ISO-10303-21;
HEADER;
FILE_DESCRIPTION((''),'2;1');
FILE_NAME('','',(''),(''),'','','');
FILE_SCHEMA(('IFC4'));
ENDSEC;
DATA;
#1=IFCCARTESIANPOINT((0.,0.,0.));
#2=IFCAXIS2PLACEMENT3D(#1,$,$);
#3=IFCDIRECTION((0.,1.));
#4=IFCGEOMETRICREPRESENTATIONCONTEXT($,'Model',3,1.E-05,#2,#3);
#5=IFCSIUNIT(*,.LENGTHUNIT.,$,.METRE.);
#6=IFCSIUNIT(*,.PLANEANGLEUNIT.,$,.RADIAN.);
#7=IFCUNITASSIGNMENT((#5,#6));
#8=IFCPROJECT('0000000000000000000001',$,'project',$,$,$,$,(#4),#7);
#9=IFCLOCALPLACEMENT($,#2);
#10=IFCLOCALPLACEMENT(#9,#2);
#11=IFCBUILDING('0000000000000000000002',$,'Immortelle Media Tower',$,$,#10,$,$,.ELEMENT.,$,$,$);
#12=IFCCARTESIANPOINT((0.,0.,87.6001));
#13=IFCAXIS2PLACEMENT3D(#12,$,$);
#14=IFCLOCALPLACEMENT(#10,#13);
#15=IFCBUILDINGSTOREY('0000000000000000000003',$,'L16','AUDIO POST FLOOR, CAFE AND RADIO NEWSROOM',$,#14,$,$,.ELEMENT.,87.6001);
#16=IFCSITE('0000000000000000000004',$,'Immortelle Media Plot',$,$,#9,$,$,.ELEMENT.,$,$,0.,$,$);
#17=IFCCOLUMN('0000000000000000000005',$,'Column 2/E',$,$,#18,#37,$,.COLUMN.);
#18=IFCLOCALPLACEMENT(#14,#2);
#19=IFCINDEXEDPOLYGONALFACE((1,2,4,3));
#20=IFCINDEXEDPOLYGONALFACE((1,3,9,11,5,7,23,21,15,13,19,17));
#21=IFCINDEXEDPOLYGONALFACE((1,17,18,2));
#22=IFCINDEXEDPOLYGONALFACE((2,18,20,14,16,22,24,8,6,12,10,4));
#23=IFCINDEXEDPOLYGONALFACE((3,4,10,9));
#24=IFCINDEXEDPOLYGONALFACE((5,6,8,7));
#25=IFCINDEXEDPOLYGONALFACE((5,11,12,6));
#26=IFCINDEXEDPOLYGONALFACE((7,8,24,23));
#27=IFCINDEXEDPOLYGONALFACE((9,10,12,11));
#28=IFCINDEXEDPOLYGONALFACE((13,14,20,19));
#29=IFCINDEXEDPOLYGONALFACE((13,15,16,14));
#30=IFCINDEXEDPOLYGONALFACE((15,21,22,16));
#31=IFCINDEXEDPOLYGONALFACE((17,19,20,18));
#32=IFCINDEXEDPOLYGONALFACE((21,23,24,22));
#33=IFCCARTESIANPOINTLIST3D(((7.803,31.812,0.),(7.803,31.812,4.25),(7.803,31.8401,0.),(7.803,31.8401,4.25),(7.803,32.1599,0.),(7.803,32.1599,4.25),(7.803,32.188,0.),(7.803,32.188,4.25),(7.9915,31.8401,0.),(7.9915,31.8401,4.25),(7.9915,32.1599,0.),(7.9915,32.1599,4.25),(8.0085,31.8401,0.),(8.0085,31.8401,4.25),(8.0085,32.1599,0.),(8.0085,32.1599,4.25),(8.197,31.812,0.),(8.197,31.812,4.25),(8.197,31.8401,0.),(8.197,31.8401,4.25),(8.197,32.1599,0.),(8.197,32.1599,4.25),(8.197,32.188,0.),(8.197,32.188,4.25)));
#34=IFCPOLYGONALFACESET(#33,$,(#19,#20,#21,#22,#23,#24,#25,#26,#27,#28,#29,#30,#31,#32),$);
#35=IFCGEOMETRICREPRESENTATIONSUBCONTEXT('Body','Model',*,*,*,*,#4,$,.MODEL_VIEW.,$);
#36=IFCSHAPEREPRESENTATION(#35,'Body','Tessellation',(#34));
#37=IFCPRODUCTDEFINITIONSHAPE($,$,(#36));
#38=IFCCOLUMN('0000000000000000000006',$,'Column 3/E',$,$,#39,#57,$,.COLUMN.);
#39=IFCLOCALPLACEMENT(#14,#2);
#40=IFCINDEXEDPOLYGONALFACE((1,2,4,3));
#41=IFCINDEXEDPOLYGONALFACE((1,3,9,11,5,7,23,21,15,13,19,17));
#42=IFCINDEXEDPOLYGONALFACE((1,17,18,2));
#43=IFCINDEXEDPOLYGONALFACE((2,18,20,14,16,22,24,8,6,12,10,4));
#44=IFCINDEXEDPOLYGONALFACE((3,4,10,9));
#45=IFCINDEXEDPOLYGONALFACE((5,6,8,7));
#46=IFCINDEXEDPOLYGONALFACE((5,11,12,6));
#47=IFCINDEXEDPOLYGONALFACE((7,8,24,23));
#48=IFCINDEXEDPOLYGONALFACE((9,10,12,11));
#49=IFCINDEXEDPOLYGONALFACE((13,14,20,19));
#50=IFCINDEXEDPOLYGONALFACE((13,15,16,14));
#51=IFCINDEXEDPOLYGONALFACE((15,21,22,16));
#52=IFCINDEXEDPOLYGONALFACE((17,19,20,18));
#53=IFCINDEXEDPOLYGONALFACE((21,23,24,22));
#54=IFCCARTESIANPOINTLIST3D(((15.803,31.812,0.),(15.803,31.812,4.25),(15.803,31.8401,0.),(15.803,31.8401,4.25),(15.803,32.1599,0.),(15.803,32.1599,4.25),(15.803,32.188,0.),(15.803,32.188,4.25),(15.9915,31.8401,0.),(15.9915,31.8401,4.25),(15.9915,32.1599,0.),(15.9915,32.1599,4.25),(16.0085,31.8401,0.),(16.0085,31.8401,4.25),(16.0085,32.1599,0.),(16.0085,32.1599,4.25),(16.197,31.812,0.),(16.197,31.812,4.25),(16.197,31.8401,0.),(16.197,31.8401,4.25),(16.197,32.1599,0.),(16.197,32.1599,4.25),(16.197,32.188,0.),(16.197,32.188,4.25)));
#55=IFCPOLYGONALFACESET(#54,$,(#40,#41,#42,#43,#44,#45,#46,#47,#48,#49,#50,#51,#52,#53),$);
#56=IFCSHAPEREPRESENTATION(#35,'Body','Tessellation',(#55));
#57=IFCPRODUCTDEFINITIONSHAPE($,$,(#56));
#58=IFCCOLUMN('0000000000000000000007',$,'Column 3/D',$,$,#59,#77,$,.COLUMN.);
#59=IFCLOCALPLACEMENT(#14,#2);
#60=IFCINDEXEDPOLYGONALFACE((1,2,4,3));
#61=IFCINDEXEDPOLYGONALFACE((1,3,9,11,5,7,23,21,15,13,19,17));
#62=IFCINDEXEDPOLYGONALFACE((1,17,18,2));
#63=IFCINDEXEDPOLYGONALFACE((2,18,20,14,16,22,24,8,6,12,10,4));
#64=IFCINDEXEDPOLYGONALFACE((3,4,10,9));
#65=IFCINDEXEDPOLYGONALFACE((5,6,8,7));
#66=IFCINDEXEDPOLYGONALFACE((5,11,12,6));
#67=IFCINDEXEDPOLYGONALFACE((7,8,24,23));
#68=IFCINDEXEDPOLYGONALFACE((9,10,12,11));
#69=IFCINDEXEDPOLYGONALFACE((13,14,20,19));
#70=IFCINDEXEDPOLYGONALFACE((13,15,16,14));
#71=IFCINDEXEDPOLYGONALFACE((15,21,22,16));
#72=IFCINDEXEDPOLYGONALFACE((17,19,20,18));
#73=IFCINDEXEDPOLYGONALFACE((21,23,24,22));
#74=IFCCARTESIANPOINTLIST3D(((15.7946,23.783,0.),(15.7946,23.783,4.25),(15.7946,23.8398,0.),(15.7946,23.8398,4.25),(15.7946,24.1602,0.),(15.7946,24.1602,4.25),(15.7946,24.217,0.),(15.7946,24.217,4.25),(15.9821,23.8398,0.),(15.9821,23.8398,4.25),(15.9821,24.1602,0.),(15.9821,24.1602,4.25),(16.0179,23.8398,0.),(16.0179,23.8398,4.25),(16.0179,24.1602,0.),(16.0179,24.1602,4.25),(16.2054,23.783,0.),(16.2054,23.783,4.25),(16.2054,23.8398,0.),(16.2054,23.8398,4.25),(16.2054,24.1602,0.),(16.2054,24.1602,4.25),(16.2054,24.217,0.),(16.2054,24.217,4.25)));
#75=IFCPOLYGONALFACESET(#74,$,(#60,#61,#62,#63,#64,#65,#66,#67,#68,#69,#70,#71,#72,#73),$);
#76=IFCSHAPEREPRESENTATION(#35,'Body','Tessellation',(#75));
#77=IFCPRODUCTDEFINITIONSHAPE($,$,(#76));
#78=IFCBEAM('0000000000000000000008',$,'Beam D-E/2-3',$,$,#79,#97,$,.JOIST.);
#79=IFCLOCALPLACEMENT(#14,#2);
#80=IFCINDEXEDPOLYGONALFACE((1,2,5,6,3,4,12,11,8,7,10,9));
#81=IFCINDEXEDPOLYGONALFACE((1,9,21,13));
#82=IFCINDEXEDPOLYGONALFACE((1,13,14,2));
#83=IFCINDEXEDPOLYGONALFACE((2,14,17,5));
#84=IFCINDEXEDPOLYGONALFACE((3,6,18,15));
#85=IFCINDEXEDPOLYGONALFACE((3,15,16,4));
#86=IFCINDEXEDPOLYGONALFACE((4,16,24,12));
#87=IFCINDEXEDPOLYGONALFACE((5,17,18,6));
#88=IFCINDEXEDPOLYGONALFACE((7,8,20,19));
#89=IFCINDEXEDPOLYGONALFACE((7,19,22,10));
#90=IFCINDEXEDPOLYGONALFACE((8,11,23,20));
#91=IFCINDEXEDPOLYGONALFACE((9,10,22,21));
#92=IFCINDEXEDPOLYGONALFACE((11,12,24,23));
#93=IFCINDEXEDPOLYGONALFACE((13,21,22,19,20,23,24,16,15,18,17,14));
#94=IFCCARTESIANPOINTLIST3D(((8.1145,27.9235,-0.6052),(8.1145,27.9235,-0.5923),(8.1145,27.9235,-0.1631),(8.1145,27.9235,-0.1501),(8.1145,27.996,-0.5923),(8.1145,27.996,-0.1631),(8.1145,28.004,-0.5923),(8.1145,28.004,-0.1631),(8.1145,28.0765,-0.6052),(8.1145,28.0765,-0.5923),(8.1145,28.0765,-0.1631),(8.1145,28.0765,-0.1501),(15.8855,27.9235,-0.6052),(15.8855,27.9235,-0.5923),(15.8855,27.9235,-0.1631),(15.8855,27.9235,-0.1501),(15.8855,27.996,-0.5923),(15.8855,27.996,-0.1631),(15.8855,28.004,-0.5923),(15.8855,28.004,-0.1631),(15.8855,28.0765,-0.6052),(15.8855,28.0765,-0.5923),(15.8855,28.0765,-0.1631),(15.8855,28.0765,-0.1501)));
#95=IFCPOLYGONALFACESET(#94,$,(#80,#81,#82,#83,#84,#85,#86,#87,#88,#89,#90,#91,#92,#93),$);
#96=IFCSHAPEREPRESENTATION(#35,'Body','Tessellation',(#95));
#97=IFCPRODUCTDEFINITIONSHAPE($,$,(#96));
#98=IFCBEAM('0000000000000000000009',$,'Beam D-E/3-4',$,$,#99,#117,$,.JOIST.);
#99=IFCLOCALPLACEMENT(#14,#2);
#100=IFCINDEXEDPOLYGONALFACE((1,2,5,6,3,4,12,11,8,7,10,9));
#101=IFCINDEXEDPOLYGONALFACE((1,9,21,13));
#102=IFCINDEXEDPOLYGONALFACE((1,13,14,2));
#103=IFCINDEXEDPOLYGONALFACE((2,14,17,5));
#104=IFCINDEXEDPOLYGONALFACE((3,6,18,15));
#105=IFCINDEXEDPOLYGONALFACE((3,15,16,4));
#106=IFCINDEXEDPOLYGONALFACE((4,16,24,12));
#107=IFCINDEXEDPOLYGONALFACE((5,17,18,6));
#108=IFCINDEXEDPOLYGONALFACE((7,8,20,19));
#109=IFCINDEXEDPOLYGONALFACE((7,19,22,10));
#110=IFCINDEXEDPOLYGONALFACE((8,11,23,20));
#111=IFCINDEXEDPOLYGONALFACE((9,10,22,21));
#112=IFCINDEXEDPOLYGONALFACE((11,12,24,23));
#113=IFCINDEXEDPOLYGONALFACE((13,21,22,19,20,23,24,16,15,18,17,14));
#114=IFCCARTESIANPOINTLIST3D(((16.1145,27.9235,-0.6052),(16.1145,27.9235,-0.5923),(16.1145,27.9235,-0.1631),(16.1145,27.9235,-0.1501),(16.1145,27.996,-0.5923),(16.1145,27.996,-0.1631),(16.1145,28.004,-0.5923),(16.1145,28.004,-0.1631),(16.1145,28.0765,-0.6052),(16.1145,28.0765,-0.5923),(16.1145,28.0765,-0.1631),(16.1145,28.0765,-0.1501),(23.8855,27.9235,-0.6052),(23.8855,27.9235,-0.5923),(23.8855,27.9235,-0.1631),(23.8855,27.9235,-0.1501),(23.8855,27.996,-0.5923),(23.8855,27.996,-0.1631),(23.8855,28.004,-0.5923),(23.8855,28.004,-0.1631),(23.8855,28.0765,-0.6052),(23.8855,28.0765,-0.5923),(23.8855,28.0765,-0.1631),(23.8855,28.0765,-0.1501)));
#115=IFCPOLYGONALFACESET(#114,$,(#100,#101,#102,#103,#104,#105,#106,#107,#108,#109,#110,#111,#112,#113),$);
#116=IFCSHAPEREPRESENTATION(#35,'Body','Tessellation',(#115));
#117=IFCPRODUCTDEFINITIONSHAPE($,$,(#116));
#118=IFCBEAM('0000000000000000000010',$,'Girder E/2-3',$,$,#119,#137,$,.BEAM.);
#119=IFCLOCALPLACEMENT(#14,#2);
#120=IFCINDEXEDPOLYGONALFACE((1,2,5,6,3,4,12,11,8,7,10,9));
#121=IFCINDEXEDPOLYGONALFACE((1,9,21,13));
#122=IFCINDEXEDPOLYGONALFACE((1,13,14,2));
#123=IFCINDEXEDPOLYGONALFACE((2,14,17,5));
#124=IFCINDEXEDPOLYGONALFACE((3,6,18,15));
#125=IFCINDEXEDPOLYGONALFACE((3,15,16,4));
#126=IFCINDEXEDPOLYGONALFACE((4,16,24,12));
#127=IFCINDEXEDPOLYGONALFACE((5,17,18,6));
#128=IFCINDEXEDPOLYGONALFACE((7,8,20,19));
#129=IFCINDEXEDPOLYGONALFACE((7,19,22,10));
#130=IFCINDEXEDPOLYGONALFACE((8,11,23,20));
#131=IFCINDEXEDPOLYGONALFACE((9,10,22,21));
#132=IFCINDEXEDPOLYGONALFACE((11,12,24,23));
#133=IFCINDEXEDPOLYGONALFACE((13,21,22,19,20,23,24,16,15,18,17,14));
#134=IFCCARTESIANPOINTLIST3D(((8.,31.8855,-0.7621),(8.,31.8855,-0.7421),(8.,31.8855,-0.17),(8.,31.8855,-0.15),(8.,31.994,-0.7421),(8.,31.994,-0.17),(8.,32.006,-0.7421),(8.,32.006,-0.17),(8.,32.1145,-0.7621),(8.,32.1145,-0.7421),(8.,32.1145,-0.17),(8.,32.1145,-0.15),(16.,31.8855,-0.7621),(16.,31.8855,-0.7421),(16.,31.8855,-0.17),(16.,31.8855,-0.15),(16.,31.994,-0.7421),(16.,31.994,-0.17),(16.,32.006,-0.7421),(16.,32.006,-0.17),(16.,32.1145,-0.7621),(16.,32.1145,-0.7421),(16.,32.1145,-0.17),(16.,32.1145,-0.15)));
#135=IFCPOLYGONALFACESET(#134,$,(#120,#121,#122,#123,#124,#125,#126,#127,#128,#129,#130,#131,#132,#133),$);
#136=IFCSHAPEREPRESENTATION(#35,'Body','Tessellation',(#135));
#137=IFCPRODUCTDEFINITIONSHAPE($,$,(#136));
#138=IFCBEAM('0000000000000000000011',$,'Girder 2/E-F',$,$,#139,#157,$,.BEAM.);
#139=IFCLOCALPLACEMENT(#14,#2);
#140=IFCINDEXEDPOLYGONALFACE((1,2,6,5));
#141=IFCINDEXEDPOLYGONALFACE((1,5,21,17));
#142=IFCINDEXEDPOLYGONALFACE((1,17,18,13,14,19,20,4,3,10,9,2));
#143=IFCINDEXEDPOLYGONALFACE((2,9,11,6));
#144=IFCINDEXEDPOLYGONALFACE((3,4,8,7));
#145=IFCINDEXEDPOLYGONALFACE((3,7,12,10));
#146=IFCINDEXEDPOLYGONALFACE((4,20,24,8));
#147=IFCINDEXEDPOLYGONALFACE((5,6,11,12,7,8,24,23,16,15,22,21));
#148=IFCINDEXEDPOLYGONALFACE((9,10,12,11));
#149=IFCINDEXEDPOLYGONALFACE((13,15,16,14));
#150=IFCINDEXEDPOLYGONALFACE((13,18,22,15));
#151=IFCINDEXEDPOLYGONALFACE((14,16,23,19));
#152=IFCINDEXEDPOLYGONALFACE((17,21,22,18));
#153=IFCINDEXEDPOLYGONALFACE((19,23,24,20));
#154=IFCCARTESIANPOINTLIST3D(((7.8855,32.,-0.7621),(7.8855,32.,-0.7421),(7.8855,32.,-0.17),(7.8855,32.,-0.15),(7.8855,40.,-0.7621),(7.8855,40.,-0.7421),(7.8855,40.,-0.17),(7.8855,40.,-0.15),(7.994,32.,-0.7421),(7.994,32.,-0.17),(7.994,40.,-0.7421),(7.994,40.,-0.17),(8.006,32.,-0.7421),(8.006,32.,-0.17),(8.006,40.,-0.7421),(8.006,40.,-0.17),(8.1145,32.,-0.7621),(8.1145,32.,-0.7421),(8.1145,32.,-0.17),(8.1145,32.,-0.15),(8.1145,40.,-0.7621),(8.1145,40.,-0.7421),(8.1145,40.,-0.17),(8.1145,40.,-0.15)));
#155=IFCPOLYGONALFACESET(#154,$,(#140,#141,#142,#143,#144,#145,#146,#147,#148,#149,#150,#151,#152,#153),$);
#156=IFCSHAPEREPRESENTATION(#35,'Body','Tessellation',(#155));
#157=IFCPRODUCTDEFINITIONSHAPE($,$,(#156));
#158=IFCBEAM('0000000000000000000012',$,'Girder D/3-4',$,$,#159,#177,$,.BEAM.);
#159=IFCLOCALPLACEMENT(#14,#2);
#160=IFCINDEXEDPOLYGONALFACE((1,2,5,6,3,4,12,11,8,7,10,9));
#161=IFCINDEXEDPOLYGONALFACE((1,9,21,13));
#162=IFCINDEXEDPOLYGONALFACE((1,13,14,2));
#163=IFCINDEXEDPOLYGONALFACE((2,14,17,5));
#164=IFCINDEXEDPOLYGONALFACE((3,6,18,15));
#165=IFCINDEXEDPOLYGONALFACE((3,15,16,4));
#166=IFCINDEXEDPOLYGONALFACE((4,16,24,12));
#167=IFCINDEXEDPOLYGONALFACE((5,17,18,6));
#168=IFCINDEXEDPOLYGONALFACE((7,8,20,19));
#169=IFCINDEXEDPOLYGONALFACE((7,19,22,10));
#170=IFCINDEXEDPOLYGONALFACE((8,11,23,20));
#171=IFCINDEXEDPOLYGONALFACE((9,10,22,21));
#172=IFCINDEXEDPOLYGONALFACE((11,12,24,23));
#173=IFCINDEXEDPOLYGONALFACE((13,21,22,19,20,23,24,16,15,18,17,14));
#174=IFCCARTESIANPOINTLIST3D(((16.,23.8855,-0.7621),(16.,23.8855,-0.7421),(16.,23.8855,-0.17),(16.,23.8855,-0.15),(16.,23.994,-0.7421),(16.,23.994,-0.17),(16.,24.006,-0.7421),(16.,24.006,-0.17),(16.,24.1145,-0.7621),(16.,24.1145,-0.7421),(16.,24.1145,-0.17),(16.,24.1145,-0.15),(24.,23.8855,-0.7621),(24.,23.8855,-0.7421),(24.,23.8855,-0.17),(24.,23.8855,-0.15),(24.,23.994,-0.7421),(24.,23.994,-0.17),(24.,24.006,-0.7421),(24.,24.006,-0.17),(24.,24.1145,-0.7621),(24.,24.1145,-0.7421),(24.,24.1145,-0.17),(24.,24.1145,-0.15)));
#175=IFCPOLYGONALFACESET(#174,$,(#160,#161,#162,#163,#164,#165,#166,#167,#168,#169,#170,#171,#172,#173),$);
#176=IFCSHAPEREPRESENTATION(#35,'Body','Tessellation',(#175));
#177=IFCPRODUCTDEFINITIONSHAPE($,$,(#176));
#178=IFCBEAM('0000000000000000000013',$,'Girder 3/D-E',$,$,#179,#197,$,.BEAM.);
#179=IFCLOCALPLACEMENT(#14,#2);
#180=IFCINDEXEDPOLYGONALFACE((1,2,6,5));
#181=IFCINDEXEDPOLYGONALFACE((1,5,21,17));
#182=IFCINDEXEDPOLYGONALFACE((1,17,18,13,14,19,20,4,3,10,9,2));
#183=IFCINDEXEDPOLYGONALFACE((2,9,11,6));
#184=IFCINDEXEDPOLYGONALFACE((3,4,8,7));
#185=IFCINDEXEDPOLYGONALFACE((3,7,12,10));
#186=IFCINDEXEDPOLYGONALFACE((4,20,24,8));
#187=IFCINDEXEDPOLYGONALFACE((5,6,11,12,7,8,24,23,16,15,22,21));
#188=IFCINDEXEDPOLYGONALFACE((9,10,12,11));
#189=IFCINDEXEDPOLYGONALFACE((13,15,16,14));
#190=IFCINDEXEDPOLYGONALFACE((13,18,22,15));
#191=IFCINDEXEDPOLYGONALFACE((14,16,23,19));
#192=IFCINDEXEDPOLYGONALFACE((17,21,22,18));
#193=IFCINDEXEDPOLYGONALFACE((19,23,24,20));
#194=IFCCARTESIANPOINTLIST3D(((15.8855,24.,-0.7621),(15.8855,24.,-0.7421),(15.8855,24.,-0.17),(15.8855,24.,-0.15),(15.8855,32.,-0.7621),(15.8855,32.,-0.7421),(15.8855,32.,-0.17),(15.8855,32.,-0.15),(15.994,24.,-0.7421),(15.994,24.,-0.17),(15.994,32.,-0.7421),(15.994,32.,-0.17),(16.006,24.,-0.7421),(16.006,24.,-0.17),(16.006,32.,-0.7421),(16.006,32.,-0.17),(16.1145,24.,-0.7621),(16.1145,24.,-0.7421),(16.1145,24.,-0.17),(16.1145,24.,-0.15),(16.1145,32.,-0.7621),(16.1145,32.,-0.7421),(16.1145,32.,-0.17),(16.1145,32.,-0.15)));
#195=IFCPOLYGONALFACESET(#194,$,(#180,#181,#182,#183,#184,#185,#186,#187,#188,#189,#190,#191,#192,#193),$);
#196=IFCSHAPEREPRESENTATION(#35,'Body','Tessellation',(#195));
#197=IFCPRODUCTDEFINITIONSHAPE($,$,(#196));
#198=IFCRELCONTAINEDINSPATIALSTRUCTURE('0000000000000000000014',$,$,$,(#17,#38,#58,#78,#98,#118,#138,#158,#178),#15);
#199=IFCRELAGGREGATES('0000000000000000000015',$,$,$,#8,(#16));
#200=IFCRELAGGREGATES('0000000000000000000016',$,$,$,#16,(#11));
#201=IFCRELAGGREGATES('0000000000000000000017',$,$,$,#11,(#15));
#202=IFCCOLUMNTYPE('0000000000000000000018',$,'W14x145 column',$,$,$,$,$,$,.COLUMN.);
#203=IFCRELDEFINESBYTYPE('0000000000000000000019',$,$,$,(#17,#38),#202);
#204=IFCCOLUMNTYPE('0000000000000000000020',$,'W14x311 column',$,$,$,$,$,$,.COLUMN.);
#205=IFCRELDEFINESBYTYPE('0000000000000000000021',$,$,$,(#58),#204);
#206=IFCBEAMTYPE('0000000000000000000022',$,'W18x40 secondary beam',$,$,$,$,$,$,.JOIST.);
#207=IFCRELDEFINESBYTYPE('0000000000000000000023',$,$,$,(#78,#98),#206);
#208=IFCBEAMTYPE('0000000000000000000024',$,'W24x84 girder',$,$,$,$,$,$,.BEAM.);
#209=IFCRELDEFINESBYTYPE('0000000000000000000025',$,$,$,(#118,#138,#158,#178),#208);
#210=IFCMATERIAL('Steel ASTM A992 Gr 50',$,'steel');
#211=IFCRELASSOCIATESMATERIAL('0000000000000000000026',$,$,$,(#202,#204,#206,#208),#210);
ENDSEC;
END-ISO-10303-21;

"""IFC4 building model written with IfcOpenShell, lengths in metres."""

from ifc_helpers import new_model, si_unit, direction, frame, origin, origin_2d, place, context, subcontext, project, spatial, i_section, extrude, material, material_profile, profile_set, type_object, element, save


model = new_model("IFC4")

# Units and contexts
model_context = context("Model", 3, precision=1e-05, world=origin(), true_north=direction((0.0, 1.0)))
body_context = subcontext(model_context, "Body", "Model", "MODEL_VIEW")
ifc_project = project(units=[si_unit("LENGTHUNIT", "METRE"), si_unit("PLANEANGLEUNIT", "RADIAN")], contexts=[model_context])

# Site, building, storey
site_placement = place(None, origin())
site = spatial("IfcSite", under=ifc_project, at=site_placement, Name="Immortelle Media Plot", CompositionType="ELEMENT", RefElevation=0.0)
building_placement = place(site_placement, origin())
building = spatial("IfcBuilding", under=site, at=building_placement, Name="Immortelle Media Tower", CompositionType="ELEMENT")
storey_placement = place(building_placement, frame((0.0, 0.0, 87.6001)))
storey = spatial("IfcBuildingStorey", under=building, at=storey_placement, Name="L16", Description="AUDIO POST FLOOR, CAFE AND RADIO NEWSROOM", CompositionType="ELEMENT", Elevation=87.6001)

# Columns
ifc_material_1 = material(Name="Steel ASTM A992 Gr 50", Category="steel")
ifc_material_profile_1 = material_profile(ifc_material_1, i_section(OverallWidth=0.394, OverallDepth=0.376, WebThickness=0.0171, FlangeThickness=0.0281, at=origin_2d()), Name="W14x145")
ifc_profile_set_1 = profile_set([ifc_material_profile_1], Name="Steel ASTM A992 Gr 50")
column_type_1 = type_object("IfcColumnType", Name="W14x145 column", PredefinedType="COLUMN", material=ifc_profile_set_1)
for number, where, z_axis, x_axis, name in (
    (1, (8.0, 32.0, 0.0), (0.0, 0.0, 1.0), (1.0, 0.0, 0.0), "Column 2/E"),
    (2, (16.0, 32.0, 0.0), (0.0, 0.0, 1.0), (1.0, 0.0, 0.0), "Column 3/E"),
):
    element("IfcColumn", number, at=place(storey_placement, frame(where, z_axis=z_axis, x_axis=x_axis)), inside=storey, type_object=column_type_1, Name=name, PredefinedType="COLUMN", context=body_context, shape_type="SweptSolid", body=[
        extrude(i_section(OverallWidth=0.394, OverallDepth=0.376, WebThickness=0.0171, FlangeThickness=0.0281, at=origin_2d()), origin(), (0.0, 0.0, 1.0), 4.25),
    ])
ifc_material_profile_2 = material_profile(ifc_material_1, i_section(OverallWidth=0.4109, OverallDepth=0.4341, WebThickness=0.0359, FlangeThickness=0.0569, at=origin_2d()), Name="W14x311")
ifc_profile_set_2 = profile_set([ifc_material_profile_2], Name="Steel ASTM A992 Gr 50")
column_type_2 = type_object("IfcColumnType", Name="W14x311 column", PredefinedType="COLUMN", material=ifc_profile_set_2)
column_placement = place(storey_placement, frame((16.0, 24.0, 0.0), z_axis=(0.0, 0.0, 1.0), x_axis=(1.0, 0.0, 0.0)))
element("IfcColumn", 3, at=column_placement, inside=storey, type_object=column_type_2, Name="Column 3/D", PredefinedType="COLUMN", context=body_context, shape_type="SweptSolid", body=[
    extrude(i_section(OverallWidth=0.4109, OverallDepth=0.4341, WebThickness=0.0359, FlangeThickness=0.0569, at=origin_2d()), origin(), (0.0, 0.0, 1.0), 4.25),
])

# Beams
ifc_material_profile_3 = material_profile(ifc_material_1, i_section(OverallWidth=0.1531, OverallDepth=0.4551, WebThickness=0.0081, FlangeThickness=0.0129, at=origin_2d()), Name="W18x40")
ifc_profile_set_3 = profile_set([ifc_material_profile_3], Name="Steel ASTM A992 Gr 50")
beam_type_1 = type_object("IfcBeamType", Name="W18x40 secondary beam", PredefinedType="JOIST", material=ifc_profile_set_3)
for number, where, z_axis, x_axis, name in (
    (4, (8.1145, 28.0, -0.3777), (1.0, 0.0, 0.0), (0.0, 1.0, 0.0), "Beam D-E/2-3"),
    (5, (16.1145, 28.0, -0.3777), (1.0, 0.0, 0.0), (0.0, 1.0, 0.0), "Beam D-E/3-4"),
):
    element("IfcBeam", number, at=place(storey_placement, frame(where, z_axis=z_axis, x_axis=x_axis)), inside=storey, type_object=beam_type_1, Name=name, PredefinedType="JOIST", context=body_context, shape_type="SweptSolid", body=[
        extrude(i_section(OverallWidth=0.1531, OverallDepth=0.4551, WebThickness=0.0081, FlangeThickness=0.0129, at=origin_2d()), origin(), (0.0, 0.0, 1.0), 7.771),
    ])
ifc_material_profile_4 = material_profile(ifc_material_1, i_section(OverallWidth=0.229, OverallDepth=0.6121, WebThickness=0.012, FlangeThickness=0.02, at=origin_2d()), Name="W24x84")
ifc_profile_set_4 = profile_set([ifc_material_profile_4], Name="Steel ASTM A992 Gr 50")
beam_type_2 = type_object("IfcBeamType", Name="W24x84 girder", PredefinedType="BEAM", material=ifc_profile_set_4)
for number, where, z_axis, x_axis, name in (
    (6, (8.0, 32.0, -0.4561), (1.0, 0.0, 0.0), (0.0, 1.0, 0.0), "Girder E/2-3"),
    (7, (8.0, 32.0, -0.4561), (0.0, 1.0, 0.0), (-1.0, 0.0, 0.0), "Girder 2/E-F"),
    (8, (16.0, 24.0, -0.4561), (1.0, 0.0, 0.0), (0.0, 1.0, 0.0), "Girder D/3-4"),
    (9, (16.0, 24.0, -0.4561), (0.0, 1.0, 0.0), (-1.0, 0.0, 0.0), "Girder 3/D-E"),
):
    element("IfcBeam", number, at=place(storey_placement, frame(where, z_axis=z_axis, x_axis=x_axis)), inside=storey, type_object=beam_type_2, Name=name, PredefinedType="BEAM", context=body_context, shape_type="SweptSolid", body=[
        extrude(i_section(OverallWidth=0.229, OverallDepth=0.6121, WebThickness=0.012, FlangeThickness=0.02, at=origin_2d()), origin(), (0.0, 0.0, 1.0), 8.0),
    ])

save(model, "model.ifc")
